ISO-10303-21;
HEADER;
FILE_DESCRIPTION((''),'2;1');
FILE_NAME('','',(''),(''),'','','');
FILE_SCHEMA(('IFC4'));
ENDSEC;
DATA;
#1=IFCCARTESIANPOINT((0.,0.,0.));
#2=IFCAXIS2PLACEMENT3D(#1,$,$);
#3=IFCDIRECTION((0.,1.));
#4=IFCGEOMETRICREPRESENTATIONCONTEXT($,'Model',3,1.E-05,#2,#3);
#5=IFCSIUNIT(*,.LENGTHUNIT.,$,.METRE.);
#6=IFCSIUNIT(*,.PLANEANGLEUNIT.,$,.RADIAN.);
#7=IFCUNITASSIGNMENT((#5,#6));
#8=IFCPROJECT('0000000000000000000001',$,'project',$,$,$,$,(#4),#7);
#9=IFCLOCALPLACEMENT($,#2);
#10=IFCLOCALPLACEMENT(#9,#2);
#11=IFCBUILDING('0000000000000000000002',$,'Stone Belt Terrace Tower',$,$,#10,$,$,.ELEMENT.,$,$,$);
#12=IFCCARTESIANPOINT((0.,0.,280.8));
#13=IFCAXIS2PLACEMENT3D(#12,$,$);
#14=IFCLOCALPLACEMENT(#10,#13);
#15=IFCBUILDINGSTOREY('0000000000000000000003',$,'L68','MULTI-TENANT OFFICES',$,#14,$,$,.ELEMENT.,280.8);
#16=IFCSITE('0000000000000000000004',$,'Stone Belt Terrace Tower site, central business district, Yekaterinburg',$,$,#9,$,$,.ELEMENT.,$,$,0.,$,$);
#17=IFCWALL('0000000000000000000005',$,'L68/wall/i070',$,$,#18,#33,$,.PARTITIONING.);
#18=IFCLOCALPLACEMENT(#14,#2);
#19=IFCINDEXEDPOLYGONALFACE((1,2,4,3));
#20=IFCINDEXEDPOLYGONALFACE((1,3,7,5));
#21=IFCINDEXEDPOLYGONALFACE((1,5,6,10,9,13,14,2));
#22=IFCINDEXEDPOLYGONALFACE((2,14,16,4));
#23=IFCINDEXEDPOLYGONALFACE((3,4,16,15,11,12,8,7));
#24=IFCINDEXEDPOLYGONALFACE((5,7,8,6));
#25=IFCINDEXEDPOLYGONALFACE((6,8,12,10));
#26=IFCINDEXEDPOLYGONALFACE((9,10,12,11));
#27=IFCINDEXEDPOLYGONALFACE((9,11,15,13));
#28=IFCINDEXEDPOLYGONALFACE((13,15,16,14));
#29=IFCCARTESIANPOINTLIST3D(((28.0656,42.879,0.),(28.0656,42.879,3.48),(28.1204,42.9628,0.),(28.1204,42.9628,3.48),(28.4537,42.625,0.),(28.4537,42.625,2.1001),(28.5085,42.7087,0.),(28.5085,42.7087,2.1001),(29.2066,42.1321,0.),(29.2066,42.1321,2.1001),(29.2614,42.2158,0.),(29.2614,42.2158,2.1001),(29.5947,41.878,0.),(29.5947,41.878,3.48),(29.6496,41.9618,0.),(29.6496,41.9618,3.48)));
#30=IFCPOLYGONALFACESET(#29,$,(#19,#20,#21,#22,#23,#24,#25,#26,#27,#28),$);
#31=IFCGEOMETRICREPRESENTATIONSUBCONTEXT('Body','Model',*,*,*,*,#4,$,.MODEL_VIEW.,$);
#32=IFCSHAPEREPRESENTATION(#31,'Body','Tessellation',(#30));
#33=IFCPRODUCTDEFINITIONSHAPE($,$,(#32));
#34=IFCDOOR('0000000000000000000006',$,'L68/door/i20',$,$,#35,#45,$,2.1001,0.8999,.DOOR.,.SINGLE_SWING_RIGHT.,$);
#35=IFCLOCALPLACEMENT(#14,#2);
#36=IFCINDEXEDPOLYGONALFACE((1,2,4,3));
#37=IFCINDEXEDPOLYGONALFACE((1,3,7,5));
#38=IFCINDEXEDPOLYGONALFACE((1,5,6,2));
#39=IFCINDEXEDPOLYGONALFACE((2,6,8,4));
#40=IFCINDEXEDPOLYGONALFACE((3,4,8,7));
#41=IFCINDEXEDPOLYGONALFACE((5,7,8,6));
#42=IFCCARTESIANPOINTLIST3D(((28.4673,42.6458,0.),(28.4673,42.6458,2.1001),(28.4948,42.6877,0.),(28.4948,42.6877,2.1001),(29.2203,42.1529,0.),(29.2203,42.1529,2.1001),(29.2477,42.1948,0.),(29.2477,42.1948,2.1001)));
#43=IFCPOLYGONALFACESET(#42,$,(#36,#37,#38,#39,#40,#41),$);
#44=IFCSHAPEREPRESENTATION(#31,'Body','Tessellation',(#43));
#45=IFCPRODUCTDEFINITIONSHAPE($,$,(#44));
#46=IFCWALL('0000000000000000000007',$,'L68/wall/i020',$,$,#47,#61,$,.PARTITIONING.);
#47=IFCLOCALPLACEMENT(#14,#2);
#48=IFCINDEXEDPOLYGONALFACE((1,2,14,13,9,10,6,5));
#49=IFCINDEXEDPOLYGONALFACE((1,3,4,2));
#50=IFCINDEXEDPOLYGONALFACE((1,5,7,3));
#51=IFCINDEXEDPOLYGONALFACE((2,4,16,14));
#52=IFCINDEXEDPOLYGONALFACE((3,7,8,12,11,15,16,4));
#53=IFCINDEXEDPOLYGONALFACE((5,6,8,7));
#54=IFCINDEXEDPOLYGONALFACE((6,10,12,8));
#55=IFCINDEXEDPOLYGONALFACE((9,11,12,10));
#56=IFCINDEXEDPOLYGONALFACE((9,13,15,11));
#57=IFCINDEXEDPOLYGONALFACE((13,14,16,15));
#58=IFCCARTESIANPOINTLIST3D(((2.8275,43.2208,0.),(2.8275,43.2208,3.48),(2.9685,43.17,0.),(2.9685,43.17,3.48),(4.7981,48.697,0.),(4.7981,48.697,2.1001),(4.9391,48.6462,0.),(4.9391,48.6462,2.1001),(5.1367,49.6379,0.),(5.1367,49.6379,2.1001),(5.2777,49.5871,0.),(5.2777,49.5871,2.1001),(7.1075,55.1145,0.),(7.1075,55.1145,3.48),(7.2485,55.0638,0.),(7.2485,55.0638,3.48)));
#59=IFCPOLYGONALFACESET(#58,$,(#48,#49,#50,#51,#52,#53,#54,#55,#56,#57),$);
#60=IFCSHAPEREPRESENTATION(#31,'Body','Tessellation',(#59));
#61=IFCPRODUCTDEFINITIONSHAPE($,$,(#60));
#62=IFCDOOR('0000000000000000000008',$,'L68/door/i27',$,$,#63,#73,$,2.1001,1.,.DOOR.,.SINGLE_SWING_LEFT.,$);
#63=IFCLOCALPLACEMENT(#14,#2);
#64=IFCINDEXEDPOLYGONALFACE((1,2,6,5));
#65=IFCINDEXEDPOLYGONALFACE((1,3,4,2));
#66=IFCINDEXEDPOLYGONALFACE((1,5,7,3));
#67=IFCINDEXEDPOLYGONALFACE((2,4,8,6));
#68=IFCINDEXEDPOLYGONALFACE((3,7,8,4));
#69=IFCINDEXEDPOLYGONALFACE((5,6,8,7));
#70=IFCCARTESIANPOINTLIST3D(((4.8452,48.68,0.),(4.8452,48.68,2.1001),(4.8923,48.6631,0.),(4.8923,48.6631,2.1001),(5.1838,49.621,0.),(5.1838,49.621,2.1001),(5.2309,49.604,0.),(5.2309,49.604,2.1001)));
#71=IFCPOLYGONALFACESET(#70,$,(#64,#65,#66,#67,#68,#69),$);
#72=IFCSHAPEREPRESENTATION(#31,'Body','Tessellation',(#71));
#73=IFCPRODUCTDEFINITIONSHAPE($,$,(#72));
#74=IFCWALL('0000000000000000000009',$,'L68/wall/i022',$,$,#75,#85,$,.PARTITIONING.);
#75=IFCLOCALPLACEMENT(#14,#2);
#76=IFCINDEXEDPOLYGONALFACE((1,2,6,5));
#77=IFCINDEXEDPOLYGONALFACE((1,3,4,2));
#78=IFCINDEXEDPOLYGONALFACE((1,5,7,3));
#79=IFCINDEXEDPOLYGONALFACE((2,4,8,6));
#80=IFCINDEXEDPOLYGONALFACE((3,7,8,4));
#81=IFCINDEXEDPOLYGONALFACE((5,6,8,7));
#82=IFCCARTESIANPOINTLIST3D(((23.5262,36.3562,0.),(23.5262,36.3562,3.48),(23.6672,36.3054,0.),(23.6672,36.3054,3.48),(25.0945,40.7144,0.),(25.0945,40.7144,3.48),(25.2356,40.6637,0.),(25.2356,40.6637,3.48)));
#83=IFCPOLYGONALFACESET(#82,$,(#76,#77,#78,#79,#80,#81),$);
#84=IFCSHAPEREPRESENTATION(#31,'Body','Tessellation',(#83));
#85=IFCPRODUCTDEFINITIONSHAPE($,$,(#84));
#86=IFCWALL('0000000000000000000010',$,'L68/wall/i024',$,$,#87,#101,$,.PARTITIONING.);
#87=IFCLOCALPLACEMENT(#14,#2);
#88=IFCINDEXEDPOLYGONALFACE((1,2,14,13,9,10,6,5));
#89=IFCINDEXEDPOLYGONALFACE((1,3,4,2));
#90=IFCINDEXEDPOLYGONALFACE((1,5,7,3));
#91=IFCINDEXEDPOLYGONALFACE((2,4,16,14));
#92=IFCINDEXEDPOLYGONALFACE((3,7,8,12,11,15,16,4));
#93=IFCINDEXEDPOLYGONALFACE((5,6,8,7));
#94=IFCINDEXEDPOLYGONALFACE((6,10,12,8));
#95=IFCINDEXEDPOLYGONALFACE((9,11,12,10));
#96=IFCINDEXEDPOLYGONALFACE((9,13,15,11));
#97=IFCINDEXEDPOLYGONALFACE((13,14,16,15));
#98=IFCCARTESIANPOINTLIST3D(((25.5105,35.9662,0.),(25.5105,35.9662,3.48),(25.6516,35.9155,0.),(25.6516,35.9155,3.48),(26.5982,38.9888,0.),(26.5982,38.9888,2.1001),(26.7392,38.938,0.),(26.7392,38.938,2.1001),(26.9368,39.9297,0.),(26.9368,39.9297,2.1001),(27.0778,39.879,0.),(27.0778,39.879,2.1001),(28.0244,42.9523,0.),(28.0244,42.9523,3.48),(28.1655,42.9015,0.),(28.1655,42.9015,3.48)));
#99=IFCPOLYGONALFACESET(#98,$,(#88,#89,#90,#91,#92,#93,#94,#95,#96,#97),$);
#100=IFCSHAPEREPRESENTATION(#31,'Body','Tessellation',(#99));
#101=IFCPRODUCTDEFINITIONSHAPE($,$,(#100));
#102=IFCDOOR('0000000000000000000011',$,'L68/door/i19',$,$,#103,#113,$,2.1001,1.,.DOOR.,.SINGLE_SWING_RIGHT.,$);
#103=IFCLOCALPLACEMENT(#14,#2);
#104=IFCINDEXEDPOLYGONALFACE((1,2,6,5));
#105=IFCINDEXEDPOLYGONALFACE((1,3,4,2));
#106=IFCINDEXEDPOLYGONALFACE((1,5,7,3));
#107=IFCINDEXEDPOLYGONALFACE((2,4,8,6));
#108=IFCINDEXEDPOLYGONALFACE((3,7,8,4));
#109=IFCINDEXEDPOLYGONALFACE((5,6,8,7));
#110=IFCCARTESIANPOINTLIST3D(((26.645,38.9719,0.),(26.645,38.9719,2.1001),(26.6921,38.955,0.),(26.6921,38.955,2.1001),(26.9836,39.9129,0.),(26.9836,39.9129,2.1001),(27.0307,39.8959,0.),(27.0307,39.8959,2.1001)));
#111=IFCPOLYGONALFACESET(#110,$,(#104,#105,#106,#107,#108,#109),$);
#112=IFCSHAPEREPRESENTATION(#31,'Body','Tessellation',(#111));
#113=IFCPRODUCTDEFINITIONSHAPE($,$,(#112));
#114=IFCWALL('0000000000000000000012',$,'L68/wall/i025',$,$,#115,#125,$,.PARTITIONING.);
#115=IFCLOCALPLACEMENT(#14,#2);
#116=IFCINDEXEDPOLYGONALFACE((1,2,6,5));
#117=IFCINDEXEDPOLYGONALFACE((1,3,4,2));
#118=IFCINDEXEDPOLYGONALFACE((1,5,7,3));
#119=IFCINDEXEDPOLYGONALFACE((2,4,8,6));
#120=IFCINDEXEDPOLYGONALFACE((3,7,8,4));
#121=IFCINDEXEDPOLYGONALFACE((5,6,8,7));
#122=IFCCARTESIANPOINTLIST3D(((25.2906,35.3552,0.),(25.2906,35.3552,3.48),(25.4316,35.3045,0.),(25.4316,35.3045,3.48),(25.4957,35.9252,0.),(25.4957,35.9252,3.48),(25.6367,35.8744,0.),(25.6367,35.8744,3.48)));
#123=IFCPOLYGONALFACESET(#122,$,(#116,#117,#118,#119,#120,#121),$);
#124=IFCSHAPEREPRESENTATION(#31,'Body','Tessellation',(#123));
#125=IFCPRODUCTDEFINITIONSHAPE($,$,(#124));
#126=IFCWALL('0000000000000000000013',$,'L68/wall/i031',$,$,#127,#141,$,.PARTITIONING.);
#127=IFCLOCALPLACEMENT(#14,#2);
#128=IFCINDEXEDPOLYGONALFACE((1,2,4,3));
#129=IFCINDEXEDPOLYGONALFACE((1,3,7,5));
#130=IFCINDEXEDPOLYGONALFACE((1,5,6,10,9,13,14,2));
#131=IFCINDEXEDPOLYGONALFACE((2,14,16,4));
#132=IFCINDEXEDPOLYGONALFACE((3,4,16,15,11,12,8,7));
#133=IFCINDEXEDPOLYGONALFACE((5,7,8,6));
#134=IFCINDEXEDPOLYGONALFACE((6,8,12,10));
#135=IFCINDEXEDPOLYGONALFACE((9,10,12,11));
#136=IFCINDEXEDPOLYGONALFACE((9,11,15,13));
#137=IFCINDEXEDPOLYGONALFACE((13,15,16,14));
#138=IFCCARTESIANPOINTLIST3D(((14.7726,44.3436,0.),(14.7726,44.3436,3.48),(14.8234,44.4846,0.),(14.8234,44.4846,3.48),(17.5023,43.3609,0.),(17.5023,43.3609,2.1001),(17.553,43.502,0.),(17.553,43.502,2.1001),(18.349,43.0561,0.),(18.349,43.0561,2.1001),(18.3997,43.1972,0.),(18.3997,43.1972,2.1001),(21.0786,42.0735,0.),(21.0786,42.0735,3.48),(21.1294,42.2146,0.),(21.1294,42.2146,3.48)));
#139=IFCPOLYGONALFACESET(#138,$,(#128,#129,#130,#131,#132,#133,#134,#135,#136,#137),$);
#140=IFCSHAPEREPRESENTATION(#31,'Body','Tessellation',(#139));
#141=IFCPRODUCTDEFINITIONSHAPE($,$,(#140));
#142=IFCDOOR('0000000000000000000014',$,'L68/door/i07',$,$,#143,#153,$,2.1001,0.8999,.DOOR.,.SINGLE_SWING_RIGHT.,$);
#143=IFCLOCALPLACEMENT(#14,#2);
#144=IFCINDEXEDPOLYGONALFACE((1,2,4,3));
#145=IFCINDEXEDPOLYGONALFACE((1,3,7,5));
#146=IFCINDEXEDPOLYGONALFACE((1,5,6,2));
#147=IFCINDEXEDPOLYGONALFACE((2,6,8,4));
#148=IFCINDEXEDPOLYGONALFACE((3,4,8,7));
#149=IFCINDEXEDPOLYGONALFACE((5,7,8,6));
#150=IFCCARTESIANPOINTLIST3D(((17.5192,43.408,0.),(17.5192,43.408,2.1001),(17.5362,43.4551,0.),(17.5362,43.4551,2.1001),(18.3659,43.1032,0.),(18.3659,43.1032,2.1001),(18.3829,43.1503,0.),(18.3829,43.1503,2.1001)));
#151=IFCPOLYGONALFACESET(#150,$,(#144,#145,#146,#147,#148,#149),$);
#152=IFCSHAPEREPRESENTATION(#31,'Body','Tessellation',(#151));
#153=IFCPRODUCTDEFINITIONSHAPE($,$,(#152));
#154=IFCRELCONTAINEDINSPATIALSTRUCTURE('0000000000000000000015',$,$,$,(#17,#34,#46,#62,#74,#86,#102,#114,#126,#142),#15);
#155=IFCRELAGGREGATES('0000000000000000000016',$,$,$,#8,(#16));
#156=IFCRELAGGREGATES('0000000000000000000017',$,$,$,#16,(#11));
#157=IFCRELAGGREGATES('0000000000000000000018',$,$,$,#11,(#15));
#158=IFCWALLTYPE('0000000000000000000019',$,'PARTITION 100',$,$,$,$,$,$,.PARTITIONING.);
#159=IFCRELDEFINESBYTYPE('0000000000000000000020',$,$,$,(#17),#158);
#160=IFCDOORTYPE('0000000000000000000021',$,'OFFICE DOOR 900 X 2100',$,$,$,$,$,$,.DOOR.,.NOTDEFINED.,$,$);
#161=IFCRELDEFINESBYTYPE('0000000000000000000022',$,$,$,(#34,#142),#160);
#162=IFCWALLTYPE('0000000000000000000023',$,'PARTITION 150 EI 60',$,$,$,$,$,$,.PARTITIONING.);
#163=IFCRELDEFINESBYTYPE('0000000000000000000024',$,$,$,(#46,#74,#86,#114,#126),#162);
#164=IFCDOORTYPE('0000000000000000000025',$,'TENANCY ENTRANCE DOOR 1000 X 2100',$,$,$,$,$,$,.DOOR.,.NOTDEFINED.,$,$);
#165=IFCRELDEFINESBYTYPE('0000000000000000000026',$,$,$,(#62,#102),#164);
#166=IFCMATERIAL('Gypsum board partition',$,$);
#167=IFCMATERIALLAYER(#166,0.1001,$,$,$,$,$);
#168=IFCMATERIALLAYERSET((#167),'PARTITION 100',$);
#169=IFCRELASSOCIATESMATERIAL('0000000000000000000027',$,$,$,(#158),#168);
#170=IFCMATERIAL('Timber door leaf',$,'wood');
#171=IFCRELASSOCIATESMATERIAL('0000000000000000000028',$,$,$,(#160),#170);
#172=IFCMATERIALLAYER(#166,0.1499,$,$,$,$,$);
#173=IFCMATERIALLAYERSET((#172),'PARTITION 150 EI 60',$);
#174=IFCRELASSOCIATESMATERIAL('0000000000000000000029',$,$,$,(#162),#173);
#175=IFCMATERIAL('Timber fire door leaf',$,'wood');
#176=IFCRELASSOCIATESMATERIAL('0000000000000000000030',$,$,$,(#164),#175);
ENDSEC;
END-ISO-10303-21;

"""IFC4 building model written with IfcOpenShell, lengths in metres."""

from ifc_helpers import new_model, si_unit, direction, frame, frame_2d, origin, place, context, subcontext, project, spatial, rectangle, extrude, material, layer, layer_set, type_object, element, fill, save


model = new_model("IFC4")

# Units and contexts
model_context = context("Model", 3, precision=1e-05, world=origin(), true_north=direction((0.0, 1.0)))
body_context = subcontext(model_context, "Body", "Model", "MODEL_VIEW")
ifc_project = project(units=[si_unit("LENGTHUNIT", "METRE"), si_unit("PLANEANGLEUNIT", "RADIAN")], contexts=[model_context])

# Site, building, storey
site_placement = place(None, origin())
site = spatial("IfcSite", under=ifc_project, at=site_placement, Name="Stone Belt Terrace Tower site, central business district, Yekaterinburg", CompositionType="ELEMENT", RefElevation=0.0)
building_placement = place(site_placement, origin())
building = spatial("IfcBuilding", under=site, at=building_placement, Name="Stone Belt Terrace Tower", CompositionType="ELEMENT")
storey_placement = place(building_placement, frame((0.0, 0.0, 280.8)))
storey = spatial("IfcBuildingStorey", under=building, at=storey_placement, Name="L68", Description="MULTI-TENANT OFFICES", CompositionType="ELEMENT", Elevation=280.8)

# Walls, openings, doors
ifc_material_1 = material(Name="Timber door leaf", Category="wood")
ifc_material_2 = material(Name="Gypsum board partition")
ifc_layer_1 = layer(ifc_material_2, 0.1001)
ifc_layer_set_1 = layer_set([ifc_layer_1], Name="PARTITION 100")
wall_type_1 = type_object("IfcWallType", Name="PARTITION 100", PredefinedType="PARTITIONING", material=ifc_layer_set_1)
wall_1_placement = place(storey_placement, frame((28.093, 42.9209, 0.0), z_axis=(0.0, 0.0, 1.0), x_axis=(0.836666, -0.547714, 0.0)))
wall_1 = element("IfcWall", 1, at=wall_1_placement, inside=storey, type_object=wall_type_1, Name="L68/wall/i070", PredefinedType="PARTITIONING", context=body_context, shape_type="SweptSolid", body=[
    extrude(rectangle(XDim=1.8276, YDim=0.1001, at=frame_2d((0.9138, 0.0))), origin(), (0.0, 0.0, 1.0), 3.48),
])
opening_1_placement = place(wall_1_placement, frame((0.4639, 0.0, 0.0)))
opening_1 = element("IfcOpeningElement", 2, at=opening_1_placement, cuts=wall_1, PredefinedType="OPENING", context=body_context, shape_type="SweptSolid", body=[
    extrude(rectangle(XDim=0.8999, YDim=2.1001, at=frame_2d((0.45, 1.05))), frame((0.0, 0.0601, 0.0), z_axis=(0.0, -1.0, 0.0), x_axis=(1.0, 0.0, 0.0)), (0.0, 0.0, 1.0), 0.1201),
])
door_type_1 = type_object("IfcDoorType", Name="OFFICE DOOR 900 X 2100", OperationType="NOTDEFINED", PredefinedType="DOOR", material=ifc_material_1)
door_1_placement = place(opening_1_placement, origin())
door_1 = element("IfcDoor", 3, at=door_1_placement, inside=storey, type_object=door_type_1, Name="L68/door/i20", OperationType="SINGLE_SWING_RIGHT", OverallHeight=2.1001, OverallWidth=0.8999, PredefinedType="DOOR", context=body_context, shape_type="SweptSolid", body=[
    extrude(rectangle(XDim=0.8999, YDim=2.1001, at=frame_2d((0.45, 1.05))), frame((0.0, 0.0249, 0.0), z_axis=(0.0, -1.0, 0.0), x_axis=(1.0, 0.0, 0.0)), (0.0, 0.0, 1.0), 0.05),
])
fill(opening_1, door_1)
ifc_layer_2 = layer(ifc_material_2, 0.1499)
ifc_layer_set_2 = layer_set([ifc_layer_2], Name="PARTITION 150 EI 60")
wall_type_2 = type_object("IfcWallType", Name="PARTITION 150 EI 60", PredefinedType="PARTITIONING", material=ifc_layer_set_2)
wall_2_placement = place(storey_placement, frame((2.8979, 43.1953, 0.0), z_axis=(0.0, 0.0, 1.0), x_axis=(0.338598, 0.940931, 0.0)))
wall_2 = element("IfcWall", 4, at=wall_2_placement, inside=storey, type_object=wall_type_2, Name="L68/wall/i020", PredefinedType="PARTITIONING", context=body_context, shape_type="SweptSolid", body=[
    extrude(rectangle(XDim=12.6404, YDim=0.1499, at=frame_2d((6.3203, 0.0))), origin(), (0.0, 0.0, 1.0), 3.48),
])
opening_2_placement = place(wall_2_placement, frame((5.8201, 0.0, 0.0)))
opening_2 = element("IfcOpeningElement", 5, at=opening_2_placement, cuts=wall_2, PredefinedType="OPENING", context=body_context, shape_type="SweptSolid", body=[
    extrude(rectangle(XDim=1.0, YDim=2.1001, at=frame_2d((0.5, 1.05))), frame((0.0, 0.085, 0.0), z_axis=(0.0, -1.0, 0.0), x_axis=(1.0, 0.0, 0.0)), (0.0, 0.0, 1.0), 0.1699),
])
ifc_material_3 = material(Name="Timber fire door leaf", Category="wood")
door_type_2 = type_object("IfcDoorType", Name="TENANCY ENTRANCE DOOR 1000 X 2100", OperationType="NOTDEFINED", PredefinedType="DOOR", material=ifc_material_3)
door_2_placement = place(opening_2_placement, origin())
door_2 = element("IfcDoor", 6, at=door_2_placement, inside=storey, type_object=door_type_2, Name="L68/door/i27", OperationType="SINGLE_SWING_LEFT", OverallHeight=2.1001, OverallWidth=1.0, PredefinedType="DOOR", context=body_context, shape_type="SweptSolid", body=[
    extrude(rectangle(XDim=1.0, YDim=2.1001, at=frame_2d((0.5, 1.05))), frame((0.0, 0.0249, 0.0), z_axis=(0.0, -1.0, 0.0), x_axis=(1.0, 0.0, 0.0)), (0.0, 0.0, 1.0), 0.05),
])
fill(opening_2, door_2)

# Wall
wall_3_placement = place(storey_placement, frame((23.5967, 36.3308, 0.0), z_axis=(0.0, 0.0, 1.0), x_axis=(0.338609, 0.940927, 0.0)))
element("IfcWall", 7, at=wall_3_placement, inside=storey, type_object=wall_type_2, Name="L68/wall/i022", PredefinedType="PARTITIONING", context=body_context, shape_type="SweptSolid", body=[
    extrude(rectangle(XDim=4.6318, YDim=0.1499, at=frame_2d((2.3159, 0.0))), origin(), (0.0, 0.0, 1.0), 3.48),
])

# Wall, opening, door
wall_4_placement = place(storey_placement, frame((28.095, 42.927, 0.0), z_axis=(0.0, 0.0, 1.0), x_axis=(-0.338591, -0.940934, 0.0)))
wall_4 = element("IfcWall", 8, at=wall_4_placement, inside=storey, type_object=wall_type_2, Name="L68/wall/i024", PredefinedType="PARTITIONING", context=body_context, shape_type="SweptSolid", body=[
    extrude(rectangle(XDim=7.4246, YDim=0.1499, at=frame_2d((3.7124, 0.0))), origin(), (0.0, 0.0, 1.0), 3.48),
])
opening_3_placement = place(wall_4_placement, frame((3.2124, 0.0, 0.0)))
opening_3 = element("IfcOpeningElement", 9, at=opening_3_placement, cuts=wall_4, PredefinedType="OPENING", context=body_context, shape_type="SweptSolid", body=[
    extrude(rectangle(XDim=1.0, YDim=2.1001, at=frame_2d((0.5, 1.05))), frame((0.0, 0.085, 0.0), z_axis=(0.0, -1.0, 0.0), x_axis=(1.0, 0.0, 0.0)), (0.0, 0.0, 1.0), 0.1699),
])
door_3_placement = place(opening_3_placement, origin())
door_3 = element("IfcDoor", 10, at=door_3_placement, inside=storey, type_object=door_type_2, Name="L68/door/i19", OperationType="SINGLE_SWING_RIGHT", OverallHeight=2.1001, OverallWidth=1.0, PredefinedType="DOOR", context=body_context, shape_type="SweptSolid", body=[
    extrude(rectangle(XDim=1.0, YDim=2.1001, at=frame_2d((0.5, 1.05))), frame((0.0, 0.0249, 0.0), z_axis=(0.0, -1.0, 0.0), x_axis=(1.0, 0.0, 0.0)), (0.0, 0.0, 1.0), 0.05),
])
fill(opening_3, door_3)

# Wall
wall_5_placement = place(storey_placement, frame((25.5662, 35.8997, 0.0), z_axis=(0.0, 0.0, 1.0), x_axis=(-0.338634, -0.940918, 0.0)))
element("IfcWall", 11, at=wall_5_placement, inside=storey, type_object=wall_type_2, Name="L68/wall/i025", PredefinedType="PARTITIONING", context=body_context, shape_type="SweptSolid", body=[
    extrude(rectangle(XDim=0.6057, YDim=0.1499, at=frame_2d((0.3027, 0.0))), origin(), (0.0, 0.0, 1.0), 3.48),
])

# Wall, opening, door
wall_6_placement = place(storey_placement, frame((21.104, 42.144, 0.0), z_axis=(0.0, 0.0, 1.0), x_axis=(-0.940893, 0.338705, 0.0)))
wall_6 = element("IfcWall", 12, at=wall_6_placement, inside=storey, type_object=wall_type_2, Name="L68/wall/i031", PredefinedType="PARTITIONING", context=body_context, shape_type="SweptSolid", body=[
    extrude(rectangle(XDim=6.7021, YDim=0.1499, at=frame_2d((3.3511, 0.0))), origin(), (0.0, 0.0, 1.0), 3.48),
])
opening_4_placement = place(wall_6_placement, frame((2.9011, 0.0, 0.0)))
opening_4 = element("IfcOpeningElement", 13, at=opening_4_placement, cuts=wall_6, PredefinedType="OPENING", context=body_context, shape_type="SweptSolid", body=[
    extrude(rectangle(XDim=0.8999, YDim=2.1001, at=frame_2d((0.45, 1.05))), frame((0.0, 0.085, 0.0), z_axis=(0.0, -1.0, 0.0), x_axis=(1.0, 0.0, 0.0)), (0.0, 0.0, 1.0), 0.1699),
])
door_4_placement = place(opening_4_placement, origin())
door_4 = element("IfcDoor", 14, at=door_4_placement, inside=storey, type_object=door_type_1, Name="L68/door/i07", OperationType="SINGLE_SWING_RIGHT", OverallHeight=2.1001, OverallWidth=0.8999, PredefinedType="DOOR", context=body_context, shape_type="SweptSolid", body=[
    extrude(rectangle(XDim=0.8999, YDim=2.1001, at=frame_2d((0.45, 1.05))), frame((0.0, 0.0249, 0.0), z_axis=(0.0, -1.0, 0.0), x_axis=(1.0, 0.0, 0.0)), (0.0, 0.0, 1.0), 0.05),
])
fill(opening_4, door_4)

save(model, "model.ifc")
